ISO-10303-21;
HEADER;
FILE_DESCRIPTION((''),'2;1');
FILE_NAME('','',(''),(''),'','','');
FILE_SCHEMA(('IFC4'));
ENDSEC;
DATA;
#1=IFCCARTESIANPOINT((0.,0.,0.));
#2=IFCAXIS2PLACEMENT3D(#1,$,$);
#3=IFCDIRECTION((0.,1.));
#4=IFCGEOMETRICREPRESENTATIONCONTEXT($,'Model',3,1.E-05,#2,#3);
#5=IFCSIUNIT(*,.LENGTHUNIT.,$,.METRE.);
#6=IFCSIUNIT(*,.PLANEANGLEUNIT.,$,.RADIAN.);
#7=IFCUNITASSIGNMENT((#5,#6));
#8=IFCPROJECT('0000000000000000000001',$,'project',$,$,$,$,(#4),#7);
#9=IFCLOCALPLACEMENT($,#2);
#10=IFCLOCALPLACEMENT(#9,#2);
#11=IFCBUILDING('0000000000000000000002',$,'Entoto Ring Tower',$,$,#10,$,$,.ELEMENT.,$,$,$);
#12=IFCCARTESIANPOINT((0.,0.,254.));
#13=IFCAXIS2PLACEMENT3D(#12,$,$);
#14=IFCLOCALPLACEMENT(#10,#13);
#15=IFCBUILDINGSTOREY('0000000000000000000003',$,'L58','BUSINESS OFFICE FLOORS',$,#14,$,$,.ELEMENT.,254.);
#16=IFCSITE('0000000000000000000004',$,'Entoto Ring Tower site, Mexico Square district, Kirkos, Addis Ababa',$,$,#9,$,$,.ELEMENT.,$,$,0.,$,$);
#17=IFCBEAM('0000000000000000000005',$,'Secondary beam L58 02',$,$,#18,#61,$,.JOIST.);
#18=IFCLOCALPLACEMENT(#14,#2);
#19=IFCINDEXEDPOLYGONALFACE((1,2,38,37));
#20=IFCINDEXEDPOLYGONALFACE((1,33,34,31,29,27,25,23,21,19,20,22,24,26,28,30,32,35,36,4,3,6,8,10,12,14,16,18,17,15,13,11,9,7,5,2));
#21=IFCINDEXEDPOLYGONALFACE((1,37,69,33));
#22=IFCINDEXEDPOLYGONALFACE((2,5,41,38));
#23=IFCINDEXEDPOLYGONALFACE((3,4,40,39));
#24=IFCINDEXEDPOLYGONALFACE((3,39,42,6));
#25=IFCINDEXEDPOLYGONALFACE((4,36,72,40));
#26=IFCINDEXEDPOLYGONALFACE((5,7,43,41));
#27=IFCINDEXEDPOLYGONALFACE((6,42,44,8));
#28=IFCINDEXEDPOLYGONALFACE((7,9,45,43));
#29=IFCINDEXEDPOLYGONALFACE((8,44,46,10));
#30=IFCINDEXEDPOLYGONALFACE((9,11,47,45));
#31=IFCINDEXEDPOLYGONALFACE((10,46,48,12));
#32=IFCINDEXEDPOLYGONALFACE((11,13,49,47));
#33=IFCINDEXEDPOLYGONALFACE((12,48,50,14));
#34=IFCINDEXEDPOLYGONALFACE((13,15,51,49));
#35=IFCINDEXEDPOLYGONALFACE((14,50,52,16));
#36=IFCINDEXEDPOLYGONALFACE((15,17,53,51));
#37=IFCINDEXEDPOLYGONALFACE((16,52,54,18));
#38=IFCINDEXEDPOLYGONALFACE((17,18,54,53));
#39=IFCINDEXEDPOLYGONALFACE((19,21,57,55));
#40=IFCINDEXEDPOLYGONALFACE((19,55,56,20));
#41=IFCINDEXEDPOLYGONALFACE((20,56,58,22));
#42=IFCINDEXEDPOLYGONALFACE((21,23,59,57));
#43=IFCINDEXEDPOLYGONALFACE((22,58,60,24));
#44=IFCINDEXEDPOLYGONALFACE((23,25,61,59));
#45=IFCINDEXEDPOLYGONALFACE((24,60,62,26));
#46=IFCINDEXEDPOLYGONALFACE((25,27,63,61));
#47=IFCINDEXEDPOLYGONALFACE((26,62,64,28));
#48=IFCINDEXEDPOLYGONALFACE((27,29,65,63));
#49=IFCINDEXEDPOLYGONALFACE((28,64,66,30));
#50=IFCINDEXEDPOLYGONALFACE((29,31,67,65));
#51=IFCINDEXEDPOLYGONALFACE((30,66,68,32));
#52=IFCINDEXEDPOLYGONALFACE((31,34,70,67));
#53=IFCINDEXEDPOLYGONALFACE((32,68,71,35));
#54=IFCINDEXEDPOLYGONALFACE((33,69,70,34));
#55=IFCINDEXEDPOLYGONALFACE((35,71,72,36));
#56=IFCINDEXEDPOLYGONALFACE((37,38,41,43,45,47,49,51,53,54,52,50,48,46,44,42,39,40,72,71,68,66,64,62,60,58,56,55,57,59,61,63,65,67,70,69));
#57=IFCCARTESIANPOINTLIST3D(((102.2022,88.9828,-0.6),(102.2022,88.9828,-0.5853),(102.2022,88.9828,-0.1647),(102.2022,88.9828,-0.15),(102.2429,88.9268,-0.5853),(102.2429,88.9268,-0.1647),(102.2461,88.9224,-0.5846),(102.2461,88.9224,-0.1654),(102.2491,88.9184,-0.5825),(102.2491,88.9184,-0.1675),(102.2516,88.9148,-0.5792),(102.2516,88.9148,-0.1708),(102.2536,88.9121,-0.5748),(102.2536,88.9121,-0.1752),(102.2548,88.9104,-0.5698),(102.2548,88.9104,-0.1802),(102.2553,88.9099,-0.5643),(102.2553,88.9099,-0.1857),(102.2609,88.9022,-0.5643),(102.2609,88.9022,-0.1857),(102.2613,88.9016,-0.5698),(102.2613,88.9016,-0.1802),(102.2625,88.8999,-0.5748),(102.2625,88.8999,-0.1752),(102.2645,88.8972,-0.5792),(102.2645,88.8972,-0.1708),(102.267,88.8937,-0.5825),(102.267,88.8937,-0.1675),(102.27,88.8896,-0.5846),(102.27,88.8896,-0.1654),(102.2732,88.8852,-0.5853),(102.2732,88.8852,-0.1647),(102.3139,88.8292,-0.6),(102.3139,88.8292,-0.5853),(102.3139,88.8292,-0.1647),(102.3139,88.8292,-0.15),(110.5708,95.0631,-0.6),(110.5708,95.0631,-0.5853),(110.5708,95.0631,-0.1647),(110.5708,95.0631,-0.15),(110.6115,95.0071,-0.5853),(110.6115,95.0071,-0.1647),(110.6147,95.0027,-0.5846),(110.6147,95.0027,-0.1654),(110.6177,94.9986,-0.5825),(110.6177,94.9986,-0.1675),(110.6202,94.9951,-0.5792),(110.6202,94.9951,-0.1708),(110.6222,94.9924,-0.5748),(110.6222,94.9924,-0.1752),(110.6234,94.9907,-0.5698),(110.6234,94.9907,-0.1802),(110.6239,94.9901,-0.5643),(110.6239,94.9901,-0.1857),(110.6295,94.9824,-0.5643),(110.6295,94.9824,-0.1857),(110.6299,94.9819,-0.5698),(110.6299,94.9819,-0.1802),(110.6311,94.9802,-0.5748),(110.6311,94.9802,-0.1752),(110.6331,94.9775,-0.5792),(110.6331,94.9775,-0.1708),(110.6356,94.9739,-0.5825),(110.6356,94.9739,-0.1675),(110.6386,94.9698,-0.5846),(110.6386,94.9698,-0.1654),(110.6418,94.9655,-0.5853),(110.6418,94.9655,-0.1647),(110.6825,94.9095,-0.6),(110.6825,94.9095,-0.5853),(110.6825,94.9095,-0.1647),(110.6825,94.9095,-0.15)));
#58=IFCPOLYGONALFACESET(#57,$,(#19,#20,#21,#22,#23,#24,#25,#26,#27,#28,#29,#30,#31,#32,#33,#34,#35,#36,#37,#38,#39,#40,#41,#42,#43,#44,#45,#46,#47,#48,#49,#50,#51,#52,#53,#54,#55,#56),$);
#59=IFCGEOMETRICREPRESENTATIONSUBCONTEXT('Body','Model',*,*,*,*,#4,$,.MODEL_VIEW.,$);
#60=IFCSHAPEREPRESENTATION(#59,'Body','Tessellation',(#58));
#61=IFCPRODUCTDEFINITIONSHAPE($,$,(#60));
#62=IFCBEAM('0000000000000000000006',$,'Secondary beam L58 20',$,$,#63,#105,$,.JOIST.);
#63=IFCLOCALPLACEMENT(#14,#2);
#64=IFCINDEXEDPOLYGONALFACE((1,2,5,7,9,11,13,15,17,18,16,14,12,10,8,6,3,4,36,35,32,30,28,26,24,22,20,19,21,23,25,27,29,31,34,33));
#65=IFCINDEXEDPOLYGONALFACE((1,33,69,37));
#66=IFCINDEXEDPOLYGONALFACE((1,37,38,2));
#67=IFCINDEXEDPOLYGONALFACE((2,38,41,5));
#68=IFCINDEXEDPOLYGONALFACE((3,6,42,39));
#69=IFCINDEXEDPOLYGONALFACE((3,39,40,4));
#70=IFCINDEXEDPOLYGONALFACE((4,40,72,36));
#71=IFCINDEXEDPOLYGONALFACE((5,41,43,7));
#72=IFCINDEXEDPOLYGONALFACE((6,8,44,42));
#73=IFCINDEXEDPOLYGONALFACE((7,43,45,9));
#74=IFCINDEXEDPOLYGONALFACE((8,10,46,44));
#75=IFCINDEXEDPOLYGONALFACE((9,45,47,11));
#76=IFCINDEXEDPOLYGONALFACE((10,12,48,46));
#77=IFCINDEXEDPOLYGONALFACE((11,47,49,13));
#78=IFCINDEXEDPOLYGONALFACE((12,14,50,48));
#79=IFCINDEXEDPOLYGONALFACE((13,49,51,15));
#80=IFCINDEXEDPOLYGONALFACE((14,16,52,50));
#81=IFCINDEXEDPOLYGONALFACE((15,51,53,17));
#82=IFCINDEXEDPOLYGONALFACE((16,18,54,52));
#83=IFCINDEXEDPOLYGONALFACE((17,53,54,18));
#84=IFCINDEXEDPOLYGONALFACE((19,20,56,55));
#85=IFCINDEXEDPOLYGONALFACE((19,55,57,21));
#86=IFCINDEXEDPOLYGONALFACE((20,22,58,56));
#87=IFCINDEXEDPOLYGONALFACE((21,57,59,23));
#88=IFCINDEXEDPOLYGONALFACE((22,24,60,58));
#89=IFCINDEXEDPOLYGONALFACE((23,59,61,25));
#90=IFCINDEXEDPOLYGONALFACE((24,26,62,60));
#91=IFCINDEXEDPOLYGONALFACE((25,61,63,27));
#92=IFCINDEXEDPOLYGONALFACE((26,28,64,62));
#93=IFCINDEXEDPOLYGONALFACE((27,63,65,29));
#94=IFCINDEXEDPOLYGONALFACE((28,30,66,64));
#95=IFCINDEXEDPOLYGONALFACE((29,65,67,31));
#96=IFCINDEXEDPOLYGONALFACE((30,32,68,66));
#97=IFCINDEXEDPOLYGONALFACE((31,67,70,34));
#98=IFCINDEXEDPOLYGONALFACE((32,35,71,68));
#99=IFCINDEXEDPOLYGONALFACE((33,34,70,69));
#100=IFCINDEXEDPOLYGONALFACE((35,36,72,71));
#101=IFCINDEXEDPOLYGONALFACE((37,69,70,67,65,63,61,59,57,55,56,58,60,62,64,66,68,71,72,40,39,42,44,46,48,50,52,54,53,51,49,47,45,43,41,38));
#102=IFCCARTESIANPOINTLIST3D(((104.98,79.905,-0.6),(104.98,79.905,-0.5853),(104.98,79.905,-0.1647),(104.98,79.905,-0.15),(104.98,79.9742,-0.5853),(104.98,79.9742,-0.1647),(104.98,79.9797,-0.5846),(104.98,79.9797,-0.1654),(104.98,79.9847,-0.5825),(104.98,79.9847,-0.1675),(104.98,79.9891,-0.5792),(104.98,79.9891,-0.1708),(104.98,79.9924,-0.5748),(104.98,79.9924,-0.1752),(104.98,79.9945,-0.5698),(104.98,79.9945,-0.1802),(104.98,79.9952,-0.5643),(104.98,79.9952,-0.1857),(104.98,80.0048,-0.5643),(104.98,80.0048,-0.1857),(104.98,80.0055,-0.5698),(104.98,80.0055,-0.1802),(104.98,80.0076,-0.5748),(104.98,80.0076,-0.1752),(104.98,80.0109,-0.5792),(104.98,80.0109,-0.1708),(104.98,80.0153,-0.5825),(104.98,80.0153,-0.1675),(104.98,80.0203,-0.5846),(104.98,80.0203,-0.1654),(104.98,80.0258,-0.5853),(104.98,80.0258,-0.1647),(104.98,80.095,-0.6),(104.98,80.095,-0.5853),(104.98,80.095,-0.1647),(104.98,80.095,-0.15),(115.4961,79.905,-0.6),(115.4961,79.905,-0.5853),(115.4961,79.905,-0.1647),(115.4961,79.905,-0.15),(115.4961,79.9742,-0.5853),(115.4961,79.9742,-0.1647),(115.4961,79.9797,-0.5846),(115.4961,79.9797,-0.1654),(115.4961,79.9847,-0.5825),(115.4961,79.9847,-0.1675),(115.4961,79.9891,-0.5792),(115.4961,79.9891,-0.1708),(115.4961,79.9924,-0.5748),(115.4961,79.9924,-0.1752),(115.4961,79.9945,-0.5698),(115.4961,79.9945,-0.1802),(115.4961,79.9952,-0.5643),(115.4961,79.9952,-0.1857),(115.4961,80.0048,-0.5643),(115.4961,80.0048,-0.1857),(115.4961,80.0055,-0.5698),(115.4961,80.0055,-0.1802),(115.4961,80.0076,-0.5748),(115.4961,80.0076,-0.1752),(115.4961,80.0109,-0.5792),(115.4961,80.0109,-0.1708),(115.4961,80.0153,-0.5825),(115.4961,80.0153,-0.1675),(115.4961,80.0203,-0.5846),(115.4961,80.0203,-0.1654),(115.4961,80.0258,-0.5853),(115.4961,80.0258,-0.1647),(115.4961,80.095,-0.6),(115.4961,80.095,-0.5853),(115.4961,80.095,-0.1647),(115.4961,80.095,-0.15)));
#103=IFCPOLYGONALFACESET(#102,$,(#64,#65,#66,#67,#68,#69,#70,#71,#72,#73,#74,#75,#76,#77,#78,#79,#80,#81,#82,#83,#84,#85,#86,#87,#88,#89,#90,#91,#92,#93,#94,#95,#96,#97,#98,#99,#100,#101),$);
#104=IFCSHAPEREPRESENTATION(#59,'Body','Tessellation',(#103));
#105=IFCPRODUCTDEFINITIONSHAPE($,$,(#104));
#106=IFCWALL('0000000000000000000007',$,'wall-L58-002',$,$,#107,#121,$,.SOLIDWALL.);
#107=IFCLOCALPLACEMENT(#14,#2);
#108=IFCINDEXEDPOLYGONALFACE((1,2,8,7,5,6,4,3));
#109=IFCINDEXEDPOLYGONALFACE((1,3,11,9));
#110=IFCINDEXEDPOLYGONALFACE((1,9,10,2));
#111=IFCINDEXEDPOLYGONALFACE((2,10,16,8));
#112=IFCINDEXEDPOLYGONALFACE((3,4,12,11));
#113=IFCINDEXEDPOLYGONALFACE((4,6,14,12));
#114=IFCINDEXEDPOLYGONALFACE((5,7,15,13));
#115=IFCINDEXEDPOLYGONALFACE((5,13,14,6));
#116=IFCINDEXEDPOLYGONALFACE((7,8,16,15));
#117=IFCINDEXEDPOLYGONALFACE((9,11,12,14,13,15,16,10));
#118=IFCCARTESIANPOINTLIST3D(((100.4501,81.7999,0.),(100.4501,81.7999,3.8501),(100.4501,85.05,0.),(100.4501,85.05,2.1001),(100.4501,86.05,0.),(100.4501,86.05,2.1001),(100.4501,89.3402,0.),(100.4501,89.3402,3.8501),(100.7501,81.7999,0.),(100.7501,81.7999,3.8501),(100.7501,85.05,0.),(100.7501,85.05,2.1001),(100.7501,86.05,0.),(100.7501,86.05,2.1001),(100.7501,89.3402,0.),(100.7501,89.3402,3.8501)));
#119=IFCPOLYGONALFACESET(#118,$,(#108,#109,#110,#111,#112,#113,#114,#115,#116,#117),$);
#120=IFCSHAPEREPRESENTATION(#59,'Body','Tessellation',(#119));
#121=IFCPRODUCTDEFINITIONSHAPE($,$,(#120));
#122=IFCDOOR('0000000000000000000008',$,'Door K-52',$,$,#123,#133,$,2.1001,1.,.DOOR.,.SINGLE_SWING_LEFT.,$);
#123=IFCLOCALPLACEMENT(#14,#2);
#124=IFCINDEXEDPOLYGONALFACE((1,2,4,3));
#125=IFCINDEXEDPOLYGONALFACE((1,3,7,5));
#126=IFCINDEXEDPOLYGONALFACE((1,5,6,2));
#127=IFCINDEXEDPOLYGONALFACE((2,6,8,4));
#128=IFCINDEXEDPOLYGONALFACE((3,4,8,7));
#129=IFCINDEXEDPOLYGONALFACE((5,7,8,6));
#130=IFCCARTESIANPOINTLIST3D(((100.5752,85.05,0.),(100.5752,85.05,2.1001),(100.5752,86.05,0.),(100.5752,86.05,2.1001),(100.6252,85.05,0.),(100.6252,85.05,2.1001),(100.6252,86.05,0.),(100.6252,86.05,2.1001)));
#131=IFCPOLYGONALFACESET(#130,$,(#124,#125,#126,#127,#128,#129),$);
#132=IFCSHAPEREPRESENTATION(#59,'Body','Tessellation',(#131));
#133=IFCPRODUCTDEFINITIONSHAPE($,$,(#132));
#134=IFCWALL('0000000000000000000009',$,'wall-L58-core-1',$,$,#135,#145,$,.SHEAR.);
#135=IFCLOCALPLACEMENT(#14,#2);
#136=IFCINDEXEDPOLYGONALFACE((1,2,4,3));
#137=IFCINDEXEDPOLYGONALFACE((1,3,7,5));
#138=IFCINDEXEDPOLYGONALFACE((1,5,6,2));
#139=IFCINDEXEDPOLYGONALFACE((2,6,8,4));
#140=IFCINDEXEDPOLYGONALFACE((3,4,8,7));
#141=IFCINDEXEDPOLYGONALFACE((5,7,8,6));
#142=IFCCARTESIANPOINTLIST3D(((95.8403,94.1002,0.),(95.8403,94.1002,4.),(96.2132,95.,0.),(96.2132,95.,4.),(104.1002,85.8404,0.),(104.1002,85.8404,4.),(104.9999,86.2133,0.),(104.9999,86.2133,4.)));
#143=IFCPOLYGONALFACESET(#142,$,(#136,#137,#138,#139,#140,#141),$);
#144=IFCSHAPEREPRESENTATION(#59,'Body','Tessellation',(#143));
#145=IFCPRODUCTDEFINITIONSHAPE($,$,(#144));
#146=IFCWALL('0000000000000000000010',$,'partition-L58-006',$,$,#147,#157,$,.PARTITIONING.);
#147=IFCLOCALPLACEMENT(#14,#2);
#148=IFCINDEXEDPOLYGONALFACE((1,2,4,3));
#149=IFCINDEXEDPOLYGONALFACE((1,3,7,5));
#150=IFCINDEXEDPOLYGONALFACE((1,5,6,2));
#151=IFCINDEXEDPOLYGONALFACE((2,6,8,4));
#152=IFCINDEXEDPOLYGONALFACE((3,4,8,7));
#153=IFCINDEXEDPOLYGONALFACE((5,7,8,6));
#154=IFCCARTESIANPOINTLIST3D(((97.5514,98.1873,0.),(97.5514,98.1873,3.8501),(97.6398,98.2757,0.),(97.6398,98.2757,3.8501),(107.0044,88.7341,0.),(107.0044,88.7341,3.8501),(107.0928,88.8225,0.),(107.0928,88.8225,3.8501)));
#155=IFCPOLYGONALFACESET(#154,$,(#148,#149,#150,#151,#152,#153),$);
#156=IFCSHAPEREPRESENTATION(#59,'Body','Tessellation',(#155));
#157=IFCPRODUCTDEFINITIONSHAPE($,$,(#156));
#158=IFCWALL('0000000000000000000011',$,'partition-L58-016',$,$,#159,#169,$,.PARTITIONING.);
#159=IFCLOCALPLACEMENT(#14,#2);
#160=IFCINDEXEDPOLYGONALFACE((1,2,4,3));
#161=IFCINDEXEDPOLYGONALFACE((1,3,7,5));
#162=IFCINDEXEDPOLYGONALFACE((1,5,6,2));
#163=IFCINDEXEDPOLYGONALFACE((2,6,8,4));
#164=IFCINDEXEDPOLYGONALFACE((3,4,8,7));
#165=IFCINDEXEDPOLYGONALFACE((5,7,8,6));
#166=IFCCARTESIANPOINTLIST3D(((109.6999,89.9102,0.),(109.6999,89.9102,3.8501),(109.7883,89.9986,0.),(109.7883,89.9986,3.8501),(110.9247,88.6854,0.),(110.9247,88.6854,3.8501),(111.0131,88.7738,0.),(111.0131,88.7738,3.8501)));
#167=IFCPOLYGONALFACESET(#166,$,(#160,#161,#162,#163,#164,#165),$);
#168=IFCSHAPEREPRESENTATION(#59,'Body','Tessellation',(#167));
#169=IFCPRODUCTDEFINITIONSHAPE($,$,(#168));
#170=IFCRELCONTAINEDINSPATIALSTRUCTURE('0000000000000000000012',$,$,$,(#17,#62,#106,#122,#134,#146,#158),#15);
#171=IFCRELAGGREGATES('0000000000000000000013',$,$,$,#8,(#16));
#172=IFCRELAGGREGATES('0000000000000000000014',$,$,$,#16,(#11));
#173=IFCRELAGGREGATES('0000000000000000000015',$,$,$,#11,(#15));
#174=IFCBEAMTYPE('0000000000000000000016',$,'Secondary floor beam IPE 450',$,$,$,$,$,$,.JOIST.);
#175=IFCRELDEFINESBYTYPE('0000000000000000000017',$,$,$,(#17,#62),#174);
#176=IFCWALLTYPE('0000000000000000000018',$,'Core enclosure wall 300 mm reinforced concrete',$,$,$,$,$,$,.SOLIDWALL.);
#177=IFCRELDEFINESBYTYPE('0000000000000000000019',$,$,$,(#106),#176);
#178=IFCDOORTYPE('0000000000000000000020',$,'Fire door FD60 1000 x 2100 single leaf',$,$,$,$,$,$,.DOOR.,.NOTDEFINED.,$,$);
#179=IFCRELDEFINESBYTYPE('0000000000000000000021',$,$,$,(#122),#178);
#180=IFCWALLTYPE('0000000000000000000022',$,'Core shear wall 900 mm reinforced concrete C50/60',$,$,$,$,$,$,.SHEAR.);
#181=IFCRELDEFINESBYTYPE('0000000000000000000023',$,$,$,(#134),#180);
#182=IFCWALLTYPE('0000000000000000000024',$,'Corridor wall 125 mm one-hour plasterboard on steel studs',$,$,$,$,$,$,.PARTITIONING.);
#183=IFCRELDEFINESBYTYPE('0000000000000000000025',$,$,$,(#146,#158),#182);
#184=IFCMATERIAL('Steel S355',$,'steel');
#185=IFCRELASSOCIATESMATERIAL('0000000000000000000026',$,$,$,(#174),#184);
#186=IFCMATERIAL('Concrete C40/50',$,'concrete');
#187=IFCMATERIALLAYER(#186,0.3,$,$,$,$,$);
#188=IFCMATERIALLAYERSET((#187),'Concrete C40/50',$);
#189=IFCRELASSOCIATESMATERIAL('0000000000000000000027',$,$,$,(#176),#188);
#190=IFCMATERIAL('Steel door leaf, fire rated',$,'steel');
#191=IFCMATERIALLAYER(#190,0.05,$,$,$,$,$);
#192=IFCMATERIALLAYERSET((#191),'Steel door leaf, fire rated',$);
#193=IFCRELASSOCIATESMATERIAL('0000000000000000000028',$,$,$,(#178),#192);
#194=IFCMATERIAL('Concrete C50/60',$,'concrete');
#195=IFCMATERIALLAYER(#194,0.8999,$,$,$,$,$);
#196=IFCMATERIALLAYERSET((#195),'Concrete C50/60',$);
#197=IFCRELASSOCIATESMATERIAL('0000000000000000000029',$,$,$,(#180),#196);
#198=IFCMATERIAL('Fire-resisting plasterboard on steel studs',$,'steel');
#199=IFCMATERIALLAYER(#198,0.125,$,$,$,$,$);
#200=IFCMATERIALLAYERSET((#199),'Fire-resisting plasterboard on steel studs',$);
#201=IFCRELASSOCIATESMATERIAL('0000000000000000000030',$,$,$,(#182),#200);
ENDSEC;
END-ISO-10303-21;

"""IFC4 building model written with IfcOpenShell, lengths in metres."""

from ifc_helpers import new_model, si_unit, direction, frame, frame_2d, origin, origin_2d, place, context, subcontext, project, spatial, polyline, rectangle, i_section, outline, extrude, material, layer, layer_set, material_profile, profile_set, type_object, element, fill, save


model = new_model("IFC4")

# Units and contexts
model_context = context("Model", 3, precision=1e-05, world=origin(), true_north=direction((0.0, 1.0)))
body_context = subcontext(model_context, "Body", "Model", "MODEL_VIEW")
ifc_project = project(units=[si_unit("LENGTHUNIT", "METRE"), si_unit("PLANEANGLEUNIT", "RADIAN")], contexts=[model_context])

# Site, building, storey
site_placement = place(None, origin())
site = spatial("IfcSite", under=ifc_project, at=site_placement, Name="Entoto Ring Tower site, Mexico Square district, Kirkos, Addis Ababa", CompositionType="ELEMENT", RefElevation=0.0)
building_placement = place(site_placement, origin())
building = spatial("IfcBuilding", under=site, at=building_placement, Name="Entoto Ring Tower", CompositionType="ELEMENT")
storey_placement = place(building_placement, frame((0.0, 0.0, 254.0)))
storey = spatial("IfcBuildingStorey", under=building, at=storey_placement, Name="L58", Description="BUSINESS OFFICE FLOORS", CompositionType="ELEMENT", Elevation=254.0)

# Beams
ifc_material_1 = material(Name="Steel S355", Category="steel")
ifc_material_profile_1 = material_profile(ifc_material_1, i_section(OverallWidth=0.1899, OverallDepth=0.45, WebThickness=0.0095, FlangeThickness=0.0146, FilletRadius=0.021, at=origin_2d()), Name="IPE 450")
ifc_profile_set_1 = profile_set([ifc_material_profile_1], Name="Steel S355")
beam_type_1 = type_object("IfcBeamType", Name="Secondary floor beam IPE 450", PredefinedType="JOIST", material=ifc_profile_set_1)
beam_1_placement = place(storey_placement, frame((102.2581, 88.906, -0.375), z_axis=(0.809011, 0.587794, 0.0), x_axis=(-0.587794, 0.809011, 0.0)))
element("IfcBeam", 1, at=beam_1_placement, inside=storey, type_object=beam_type_1, Name="Secondary beam L58 02", PredefinedType="JOIST", context=body_context, shape_type="SweptSolid", body=[
    extrude(i_section(OverallWidth=0.1899, OverallDepth=0.45, WebThickness=0.0095, FlangeThickness=0.0146, FilletRadius=0.021, at=origin_2d()), origin(), (0.0, 0.0, 1.0), 10.3442),
])
beam_2_placement = place(storey_placement, frame((104.98, 80.0, -0.375), z_axis=(1.0, 0.0, 0.0), x_axis=(0.0, 1.0, 0.0)))
element("IfcBeam", 2, at=beam_2_placement, inside=storey, type_object=beam_type_1, Name="Secondary beam L58 20", PredefinedType="JOIST", context=body_context, shape_type="SweptSolid", body=[
    extrude(i_section(OverallWidth=0.1899, OverallDepth=0.45, WebThickness=0.0095, FlangeThickness=0.0146, FilletRadius=0.021, at=origin_2d()), origin(), (0.0, 0.0, 1.0), 10.5161),
])

# Wall, opening, door
ifc_material_2 = material(Name="Concrete C40/50", Category="concrete")
ifc_layer_1 = layer(ifc_material_2, 0.3)
ifc_layer_set_1 = layer_set([ifc_layer_1], Name="Concrete C40/50")
wall_type_1 = type_object("IfcWallType", Name="Core enclosure wall 300 mm reinforced concrete", PredefinedType="SOLIDWALL", material=ifc_layer_set_1)
wall_1_placement = place(storey_placement, frame((100.6001, 81.8, 0.0), z_axis=(0.0, 0.0, 1.0), x_axis=(0.0, 1.0, 0.0)))
wall_1 = element("IfcWall", 3, at=wall_1_placement, inside=storey, type_object=wall_type_1, Name="wall-L58-002", PredefinedType="SOLIDWALL", context=body_context, shape_type="SweptSolid", body=[
    extrude(rectangle(XDim=7.5403, YDim=0.3, at=frame_2d((3.77, 0.0))), origin(), (0.0, 0.0, 1.0), 3.8501),
])
opening_1_placement = place(wall_1_placement, frame((3.25, 0.0, 0.0)))
opening_1 = element("IfcOpeningElement", 4, at=opening_1_placement, cuts=wall_1, PredefinedType="OPENING", context=body_context, shape_type="SweptSolid", body=[
    extrude(rectangle(XDim=1.0, YDim=2.1001, at=frame_2d((0.5, 1.05))), frame((0.0, 0.1602, 0.0), z_axis=(0.0, -1.0, 0.0), x_axis=(1.0, 0.0, 0.0)), (0.0, 0.0, 1.0), 0.3201),
])
ifc_material_3 = material(Name="Steel door leaf, fire rated", Category="steel")
ifc_layer_2 = layer(ifc_material_3, 0.05)
ifc_layer_set_2 = layer_set([ifc_layer_2], Name="Steel door leaf, fire rated")
door_type_1 = type_object("IfcDoorType", Name="Fire door FD60 1000 x 2100 single leaf", OperationType="NOTDEFINED", PredefinedType="DOOR", material=ifc_layer_set_2)
door_1_placement = place(opening_1_placement, origin())
door_1 = element("IfcDoor", 5, at=door_1_placement, inside=storey, type_object=door_type_1, Name="Door K-52", OperationType="SINGLE_SWING_LEFT", OverallHeight=2.1001, OverallWidth=1.0, PredefinedType="DOOR", context=body_context, shape_type="SweptSolid", body=[
    extrude(rectangle(XDim=1.0, YDim=2.1001, at=frame_2d((0.5, 1.05))), frame((0.0, 0.0249, 0.0), z_axis=(0.0, -1.0, 0.0), x_axis=(1.0, 0.0, 0.0)), (0.0, 0.0, 1.0), 0.05),
])
fill(opening_1, door_1)

# Walls
ifc_material_4 = material(Name="Concrete C50/60", Category="concrete")
ifc_layer_3 = layer(ifc_material_4, 0.8999)
ifc_layer_set_3 = layer_set([ifc_layer_3], Name="Concrete C50/60")
wall_type_2 = type_object("IfcWallType", Name="Core shear wall 900 mm reinforced concrete C50/60", PredefinedType="SHEAR", material=ifc_layer_set_3)
wall_2_placement = place(storey_placement, frame((104.55, 86.0269, 0.0), z_axis=(0.0, 0.0, 1.0), x_axis=(-0.707107, 0.707107, 0.0)))
element("IfcWall", 6, at=wall_2_placement, inside=storey, type_object=wall_type_2, Name="wall-L58-core-1", PredefinedType="SHEAR", context=body_context, shape_type="SweptSolid", body=[
    extrude(outline(polyline([(-0.1863, -0.45), (12.24, -0.45), (11.8674, 0.45), (0.1863, 0.45), (-0.1863, -0.45)])), origin(), (0.0, 0.0, 1.0), 4.0),
])
ifc_material_5 = material(Name="Fire-resisting plasterboard on steel studs", Category="steel")
ifc_layer_4 = layer(ifc_material_5, 0.125)
ifc_layer_set_4 = layer_set([ifc_layer_4], Name="Fire-resisting plasterboard on steel studs")
wall_type_3 = type_object("IfcWallType", Name="Corridor wall 125 mm one-hour plasterboard on steel studs", PredefinedType="PARTITIONING", material=ifc_layer_set_4)
wall_3_placement = place(storey_placement, frame((107.0486, 88.7783, 0.0), z_axis=(0.0, 0.0, 1.0), x_axis=(-0.707098, 0.707116, 0.0)))
element("IfcWall", 7, at=wall_3_placement, inside=storey, type_object=wall_type_3, Name="partition-L58-006", PredefinedType="PARTITIONING", context=body_context, shape_type="SweptSolid", body=[
    extrude(rectangle(XDim=13.3687, YDim=0.125, at=frame_2d((6.6843, 0.0))), origin(), (0.0, 0.0, 1.0), 3.8501),
])
wall_4_placement = place(storey_placement, frame((110.969, 88.7295, 0.0), z_axis=(0.0, 0.0, 1.0), x_axis=(-0.707107, 0.707107, 0.0)))
element("IfcWall", 8, at=wall_4_placement, inside=storey, type_object=wall_type_3, Name="partition-L58-016", PredefinedType="PARTITIONING", context=body_context, shape_type="SweptSolid", body=[
    extrude(rectangle(XDim=1.7322, YDim=0.125, at=frame_2d((0.8662, 0.0))), origin(), (0.0, 0.0, 1.0), 3.8501),
])

save(model, "model.ifc")
